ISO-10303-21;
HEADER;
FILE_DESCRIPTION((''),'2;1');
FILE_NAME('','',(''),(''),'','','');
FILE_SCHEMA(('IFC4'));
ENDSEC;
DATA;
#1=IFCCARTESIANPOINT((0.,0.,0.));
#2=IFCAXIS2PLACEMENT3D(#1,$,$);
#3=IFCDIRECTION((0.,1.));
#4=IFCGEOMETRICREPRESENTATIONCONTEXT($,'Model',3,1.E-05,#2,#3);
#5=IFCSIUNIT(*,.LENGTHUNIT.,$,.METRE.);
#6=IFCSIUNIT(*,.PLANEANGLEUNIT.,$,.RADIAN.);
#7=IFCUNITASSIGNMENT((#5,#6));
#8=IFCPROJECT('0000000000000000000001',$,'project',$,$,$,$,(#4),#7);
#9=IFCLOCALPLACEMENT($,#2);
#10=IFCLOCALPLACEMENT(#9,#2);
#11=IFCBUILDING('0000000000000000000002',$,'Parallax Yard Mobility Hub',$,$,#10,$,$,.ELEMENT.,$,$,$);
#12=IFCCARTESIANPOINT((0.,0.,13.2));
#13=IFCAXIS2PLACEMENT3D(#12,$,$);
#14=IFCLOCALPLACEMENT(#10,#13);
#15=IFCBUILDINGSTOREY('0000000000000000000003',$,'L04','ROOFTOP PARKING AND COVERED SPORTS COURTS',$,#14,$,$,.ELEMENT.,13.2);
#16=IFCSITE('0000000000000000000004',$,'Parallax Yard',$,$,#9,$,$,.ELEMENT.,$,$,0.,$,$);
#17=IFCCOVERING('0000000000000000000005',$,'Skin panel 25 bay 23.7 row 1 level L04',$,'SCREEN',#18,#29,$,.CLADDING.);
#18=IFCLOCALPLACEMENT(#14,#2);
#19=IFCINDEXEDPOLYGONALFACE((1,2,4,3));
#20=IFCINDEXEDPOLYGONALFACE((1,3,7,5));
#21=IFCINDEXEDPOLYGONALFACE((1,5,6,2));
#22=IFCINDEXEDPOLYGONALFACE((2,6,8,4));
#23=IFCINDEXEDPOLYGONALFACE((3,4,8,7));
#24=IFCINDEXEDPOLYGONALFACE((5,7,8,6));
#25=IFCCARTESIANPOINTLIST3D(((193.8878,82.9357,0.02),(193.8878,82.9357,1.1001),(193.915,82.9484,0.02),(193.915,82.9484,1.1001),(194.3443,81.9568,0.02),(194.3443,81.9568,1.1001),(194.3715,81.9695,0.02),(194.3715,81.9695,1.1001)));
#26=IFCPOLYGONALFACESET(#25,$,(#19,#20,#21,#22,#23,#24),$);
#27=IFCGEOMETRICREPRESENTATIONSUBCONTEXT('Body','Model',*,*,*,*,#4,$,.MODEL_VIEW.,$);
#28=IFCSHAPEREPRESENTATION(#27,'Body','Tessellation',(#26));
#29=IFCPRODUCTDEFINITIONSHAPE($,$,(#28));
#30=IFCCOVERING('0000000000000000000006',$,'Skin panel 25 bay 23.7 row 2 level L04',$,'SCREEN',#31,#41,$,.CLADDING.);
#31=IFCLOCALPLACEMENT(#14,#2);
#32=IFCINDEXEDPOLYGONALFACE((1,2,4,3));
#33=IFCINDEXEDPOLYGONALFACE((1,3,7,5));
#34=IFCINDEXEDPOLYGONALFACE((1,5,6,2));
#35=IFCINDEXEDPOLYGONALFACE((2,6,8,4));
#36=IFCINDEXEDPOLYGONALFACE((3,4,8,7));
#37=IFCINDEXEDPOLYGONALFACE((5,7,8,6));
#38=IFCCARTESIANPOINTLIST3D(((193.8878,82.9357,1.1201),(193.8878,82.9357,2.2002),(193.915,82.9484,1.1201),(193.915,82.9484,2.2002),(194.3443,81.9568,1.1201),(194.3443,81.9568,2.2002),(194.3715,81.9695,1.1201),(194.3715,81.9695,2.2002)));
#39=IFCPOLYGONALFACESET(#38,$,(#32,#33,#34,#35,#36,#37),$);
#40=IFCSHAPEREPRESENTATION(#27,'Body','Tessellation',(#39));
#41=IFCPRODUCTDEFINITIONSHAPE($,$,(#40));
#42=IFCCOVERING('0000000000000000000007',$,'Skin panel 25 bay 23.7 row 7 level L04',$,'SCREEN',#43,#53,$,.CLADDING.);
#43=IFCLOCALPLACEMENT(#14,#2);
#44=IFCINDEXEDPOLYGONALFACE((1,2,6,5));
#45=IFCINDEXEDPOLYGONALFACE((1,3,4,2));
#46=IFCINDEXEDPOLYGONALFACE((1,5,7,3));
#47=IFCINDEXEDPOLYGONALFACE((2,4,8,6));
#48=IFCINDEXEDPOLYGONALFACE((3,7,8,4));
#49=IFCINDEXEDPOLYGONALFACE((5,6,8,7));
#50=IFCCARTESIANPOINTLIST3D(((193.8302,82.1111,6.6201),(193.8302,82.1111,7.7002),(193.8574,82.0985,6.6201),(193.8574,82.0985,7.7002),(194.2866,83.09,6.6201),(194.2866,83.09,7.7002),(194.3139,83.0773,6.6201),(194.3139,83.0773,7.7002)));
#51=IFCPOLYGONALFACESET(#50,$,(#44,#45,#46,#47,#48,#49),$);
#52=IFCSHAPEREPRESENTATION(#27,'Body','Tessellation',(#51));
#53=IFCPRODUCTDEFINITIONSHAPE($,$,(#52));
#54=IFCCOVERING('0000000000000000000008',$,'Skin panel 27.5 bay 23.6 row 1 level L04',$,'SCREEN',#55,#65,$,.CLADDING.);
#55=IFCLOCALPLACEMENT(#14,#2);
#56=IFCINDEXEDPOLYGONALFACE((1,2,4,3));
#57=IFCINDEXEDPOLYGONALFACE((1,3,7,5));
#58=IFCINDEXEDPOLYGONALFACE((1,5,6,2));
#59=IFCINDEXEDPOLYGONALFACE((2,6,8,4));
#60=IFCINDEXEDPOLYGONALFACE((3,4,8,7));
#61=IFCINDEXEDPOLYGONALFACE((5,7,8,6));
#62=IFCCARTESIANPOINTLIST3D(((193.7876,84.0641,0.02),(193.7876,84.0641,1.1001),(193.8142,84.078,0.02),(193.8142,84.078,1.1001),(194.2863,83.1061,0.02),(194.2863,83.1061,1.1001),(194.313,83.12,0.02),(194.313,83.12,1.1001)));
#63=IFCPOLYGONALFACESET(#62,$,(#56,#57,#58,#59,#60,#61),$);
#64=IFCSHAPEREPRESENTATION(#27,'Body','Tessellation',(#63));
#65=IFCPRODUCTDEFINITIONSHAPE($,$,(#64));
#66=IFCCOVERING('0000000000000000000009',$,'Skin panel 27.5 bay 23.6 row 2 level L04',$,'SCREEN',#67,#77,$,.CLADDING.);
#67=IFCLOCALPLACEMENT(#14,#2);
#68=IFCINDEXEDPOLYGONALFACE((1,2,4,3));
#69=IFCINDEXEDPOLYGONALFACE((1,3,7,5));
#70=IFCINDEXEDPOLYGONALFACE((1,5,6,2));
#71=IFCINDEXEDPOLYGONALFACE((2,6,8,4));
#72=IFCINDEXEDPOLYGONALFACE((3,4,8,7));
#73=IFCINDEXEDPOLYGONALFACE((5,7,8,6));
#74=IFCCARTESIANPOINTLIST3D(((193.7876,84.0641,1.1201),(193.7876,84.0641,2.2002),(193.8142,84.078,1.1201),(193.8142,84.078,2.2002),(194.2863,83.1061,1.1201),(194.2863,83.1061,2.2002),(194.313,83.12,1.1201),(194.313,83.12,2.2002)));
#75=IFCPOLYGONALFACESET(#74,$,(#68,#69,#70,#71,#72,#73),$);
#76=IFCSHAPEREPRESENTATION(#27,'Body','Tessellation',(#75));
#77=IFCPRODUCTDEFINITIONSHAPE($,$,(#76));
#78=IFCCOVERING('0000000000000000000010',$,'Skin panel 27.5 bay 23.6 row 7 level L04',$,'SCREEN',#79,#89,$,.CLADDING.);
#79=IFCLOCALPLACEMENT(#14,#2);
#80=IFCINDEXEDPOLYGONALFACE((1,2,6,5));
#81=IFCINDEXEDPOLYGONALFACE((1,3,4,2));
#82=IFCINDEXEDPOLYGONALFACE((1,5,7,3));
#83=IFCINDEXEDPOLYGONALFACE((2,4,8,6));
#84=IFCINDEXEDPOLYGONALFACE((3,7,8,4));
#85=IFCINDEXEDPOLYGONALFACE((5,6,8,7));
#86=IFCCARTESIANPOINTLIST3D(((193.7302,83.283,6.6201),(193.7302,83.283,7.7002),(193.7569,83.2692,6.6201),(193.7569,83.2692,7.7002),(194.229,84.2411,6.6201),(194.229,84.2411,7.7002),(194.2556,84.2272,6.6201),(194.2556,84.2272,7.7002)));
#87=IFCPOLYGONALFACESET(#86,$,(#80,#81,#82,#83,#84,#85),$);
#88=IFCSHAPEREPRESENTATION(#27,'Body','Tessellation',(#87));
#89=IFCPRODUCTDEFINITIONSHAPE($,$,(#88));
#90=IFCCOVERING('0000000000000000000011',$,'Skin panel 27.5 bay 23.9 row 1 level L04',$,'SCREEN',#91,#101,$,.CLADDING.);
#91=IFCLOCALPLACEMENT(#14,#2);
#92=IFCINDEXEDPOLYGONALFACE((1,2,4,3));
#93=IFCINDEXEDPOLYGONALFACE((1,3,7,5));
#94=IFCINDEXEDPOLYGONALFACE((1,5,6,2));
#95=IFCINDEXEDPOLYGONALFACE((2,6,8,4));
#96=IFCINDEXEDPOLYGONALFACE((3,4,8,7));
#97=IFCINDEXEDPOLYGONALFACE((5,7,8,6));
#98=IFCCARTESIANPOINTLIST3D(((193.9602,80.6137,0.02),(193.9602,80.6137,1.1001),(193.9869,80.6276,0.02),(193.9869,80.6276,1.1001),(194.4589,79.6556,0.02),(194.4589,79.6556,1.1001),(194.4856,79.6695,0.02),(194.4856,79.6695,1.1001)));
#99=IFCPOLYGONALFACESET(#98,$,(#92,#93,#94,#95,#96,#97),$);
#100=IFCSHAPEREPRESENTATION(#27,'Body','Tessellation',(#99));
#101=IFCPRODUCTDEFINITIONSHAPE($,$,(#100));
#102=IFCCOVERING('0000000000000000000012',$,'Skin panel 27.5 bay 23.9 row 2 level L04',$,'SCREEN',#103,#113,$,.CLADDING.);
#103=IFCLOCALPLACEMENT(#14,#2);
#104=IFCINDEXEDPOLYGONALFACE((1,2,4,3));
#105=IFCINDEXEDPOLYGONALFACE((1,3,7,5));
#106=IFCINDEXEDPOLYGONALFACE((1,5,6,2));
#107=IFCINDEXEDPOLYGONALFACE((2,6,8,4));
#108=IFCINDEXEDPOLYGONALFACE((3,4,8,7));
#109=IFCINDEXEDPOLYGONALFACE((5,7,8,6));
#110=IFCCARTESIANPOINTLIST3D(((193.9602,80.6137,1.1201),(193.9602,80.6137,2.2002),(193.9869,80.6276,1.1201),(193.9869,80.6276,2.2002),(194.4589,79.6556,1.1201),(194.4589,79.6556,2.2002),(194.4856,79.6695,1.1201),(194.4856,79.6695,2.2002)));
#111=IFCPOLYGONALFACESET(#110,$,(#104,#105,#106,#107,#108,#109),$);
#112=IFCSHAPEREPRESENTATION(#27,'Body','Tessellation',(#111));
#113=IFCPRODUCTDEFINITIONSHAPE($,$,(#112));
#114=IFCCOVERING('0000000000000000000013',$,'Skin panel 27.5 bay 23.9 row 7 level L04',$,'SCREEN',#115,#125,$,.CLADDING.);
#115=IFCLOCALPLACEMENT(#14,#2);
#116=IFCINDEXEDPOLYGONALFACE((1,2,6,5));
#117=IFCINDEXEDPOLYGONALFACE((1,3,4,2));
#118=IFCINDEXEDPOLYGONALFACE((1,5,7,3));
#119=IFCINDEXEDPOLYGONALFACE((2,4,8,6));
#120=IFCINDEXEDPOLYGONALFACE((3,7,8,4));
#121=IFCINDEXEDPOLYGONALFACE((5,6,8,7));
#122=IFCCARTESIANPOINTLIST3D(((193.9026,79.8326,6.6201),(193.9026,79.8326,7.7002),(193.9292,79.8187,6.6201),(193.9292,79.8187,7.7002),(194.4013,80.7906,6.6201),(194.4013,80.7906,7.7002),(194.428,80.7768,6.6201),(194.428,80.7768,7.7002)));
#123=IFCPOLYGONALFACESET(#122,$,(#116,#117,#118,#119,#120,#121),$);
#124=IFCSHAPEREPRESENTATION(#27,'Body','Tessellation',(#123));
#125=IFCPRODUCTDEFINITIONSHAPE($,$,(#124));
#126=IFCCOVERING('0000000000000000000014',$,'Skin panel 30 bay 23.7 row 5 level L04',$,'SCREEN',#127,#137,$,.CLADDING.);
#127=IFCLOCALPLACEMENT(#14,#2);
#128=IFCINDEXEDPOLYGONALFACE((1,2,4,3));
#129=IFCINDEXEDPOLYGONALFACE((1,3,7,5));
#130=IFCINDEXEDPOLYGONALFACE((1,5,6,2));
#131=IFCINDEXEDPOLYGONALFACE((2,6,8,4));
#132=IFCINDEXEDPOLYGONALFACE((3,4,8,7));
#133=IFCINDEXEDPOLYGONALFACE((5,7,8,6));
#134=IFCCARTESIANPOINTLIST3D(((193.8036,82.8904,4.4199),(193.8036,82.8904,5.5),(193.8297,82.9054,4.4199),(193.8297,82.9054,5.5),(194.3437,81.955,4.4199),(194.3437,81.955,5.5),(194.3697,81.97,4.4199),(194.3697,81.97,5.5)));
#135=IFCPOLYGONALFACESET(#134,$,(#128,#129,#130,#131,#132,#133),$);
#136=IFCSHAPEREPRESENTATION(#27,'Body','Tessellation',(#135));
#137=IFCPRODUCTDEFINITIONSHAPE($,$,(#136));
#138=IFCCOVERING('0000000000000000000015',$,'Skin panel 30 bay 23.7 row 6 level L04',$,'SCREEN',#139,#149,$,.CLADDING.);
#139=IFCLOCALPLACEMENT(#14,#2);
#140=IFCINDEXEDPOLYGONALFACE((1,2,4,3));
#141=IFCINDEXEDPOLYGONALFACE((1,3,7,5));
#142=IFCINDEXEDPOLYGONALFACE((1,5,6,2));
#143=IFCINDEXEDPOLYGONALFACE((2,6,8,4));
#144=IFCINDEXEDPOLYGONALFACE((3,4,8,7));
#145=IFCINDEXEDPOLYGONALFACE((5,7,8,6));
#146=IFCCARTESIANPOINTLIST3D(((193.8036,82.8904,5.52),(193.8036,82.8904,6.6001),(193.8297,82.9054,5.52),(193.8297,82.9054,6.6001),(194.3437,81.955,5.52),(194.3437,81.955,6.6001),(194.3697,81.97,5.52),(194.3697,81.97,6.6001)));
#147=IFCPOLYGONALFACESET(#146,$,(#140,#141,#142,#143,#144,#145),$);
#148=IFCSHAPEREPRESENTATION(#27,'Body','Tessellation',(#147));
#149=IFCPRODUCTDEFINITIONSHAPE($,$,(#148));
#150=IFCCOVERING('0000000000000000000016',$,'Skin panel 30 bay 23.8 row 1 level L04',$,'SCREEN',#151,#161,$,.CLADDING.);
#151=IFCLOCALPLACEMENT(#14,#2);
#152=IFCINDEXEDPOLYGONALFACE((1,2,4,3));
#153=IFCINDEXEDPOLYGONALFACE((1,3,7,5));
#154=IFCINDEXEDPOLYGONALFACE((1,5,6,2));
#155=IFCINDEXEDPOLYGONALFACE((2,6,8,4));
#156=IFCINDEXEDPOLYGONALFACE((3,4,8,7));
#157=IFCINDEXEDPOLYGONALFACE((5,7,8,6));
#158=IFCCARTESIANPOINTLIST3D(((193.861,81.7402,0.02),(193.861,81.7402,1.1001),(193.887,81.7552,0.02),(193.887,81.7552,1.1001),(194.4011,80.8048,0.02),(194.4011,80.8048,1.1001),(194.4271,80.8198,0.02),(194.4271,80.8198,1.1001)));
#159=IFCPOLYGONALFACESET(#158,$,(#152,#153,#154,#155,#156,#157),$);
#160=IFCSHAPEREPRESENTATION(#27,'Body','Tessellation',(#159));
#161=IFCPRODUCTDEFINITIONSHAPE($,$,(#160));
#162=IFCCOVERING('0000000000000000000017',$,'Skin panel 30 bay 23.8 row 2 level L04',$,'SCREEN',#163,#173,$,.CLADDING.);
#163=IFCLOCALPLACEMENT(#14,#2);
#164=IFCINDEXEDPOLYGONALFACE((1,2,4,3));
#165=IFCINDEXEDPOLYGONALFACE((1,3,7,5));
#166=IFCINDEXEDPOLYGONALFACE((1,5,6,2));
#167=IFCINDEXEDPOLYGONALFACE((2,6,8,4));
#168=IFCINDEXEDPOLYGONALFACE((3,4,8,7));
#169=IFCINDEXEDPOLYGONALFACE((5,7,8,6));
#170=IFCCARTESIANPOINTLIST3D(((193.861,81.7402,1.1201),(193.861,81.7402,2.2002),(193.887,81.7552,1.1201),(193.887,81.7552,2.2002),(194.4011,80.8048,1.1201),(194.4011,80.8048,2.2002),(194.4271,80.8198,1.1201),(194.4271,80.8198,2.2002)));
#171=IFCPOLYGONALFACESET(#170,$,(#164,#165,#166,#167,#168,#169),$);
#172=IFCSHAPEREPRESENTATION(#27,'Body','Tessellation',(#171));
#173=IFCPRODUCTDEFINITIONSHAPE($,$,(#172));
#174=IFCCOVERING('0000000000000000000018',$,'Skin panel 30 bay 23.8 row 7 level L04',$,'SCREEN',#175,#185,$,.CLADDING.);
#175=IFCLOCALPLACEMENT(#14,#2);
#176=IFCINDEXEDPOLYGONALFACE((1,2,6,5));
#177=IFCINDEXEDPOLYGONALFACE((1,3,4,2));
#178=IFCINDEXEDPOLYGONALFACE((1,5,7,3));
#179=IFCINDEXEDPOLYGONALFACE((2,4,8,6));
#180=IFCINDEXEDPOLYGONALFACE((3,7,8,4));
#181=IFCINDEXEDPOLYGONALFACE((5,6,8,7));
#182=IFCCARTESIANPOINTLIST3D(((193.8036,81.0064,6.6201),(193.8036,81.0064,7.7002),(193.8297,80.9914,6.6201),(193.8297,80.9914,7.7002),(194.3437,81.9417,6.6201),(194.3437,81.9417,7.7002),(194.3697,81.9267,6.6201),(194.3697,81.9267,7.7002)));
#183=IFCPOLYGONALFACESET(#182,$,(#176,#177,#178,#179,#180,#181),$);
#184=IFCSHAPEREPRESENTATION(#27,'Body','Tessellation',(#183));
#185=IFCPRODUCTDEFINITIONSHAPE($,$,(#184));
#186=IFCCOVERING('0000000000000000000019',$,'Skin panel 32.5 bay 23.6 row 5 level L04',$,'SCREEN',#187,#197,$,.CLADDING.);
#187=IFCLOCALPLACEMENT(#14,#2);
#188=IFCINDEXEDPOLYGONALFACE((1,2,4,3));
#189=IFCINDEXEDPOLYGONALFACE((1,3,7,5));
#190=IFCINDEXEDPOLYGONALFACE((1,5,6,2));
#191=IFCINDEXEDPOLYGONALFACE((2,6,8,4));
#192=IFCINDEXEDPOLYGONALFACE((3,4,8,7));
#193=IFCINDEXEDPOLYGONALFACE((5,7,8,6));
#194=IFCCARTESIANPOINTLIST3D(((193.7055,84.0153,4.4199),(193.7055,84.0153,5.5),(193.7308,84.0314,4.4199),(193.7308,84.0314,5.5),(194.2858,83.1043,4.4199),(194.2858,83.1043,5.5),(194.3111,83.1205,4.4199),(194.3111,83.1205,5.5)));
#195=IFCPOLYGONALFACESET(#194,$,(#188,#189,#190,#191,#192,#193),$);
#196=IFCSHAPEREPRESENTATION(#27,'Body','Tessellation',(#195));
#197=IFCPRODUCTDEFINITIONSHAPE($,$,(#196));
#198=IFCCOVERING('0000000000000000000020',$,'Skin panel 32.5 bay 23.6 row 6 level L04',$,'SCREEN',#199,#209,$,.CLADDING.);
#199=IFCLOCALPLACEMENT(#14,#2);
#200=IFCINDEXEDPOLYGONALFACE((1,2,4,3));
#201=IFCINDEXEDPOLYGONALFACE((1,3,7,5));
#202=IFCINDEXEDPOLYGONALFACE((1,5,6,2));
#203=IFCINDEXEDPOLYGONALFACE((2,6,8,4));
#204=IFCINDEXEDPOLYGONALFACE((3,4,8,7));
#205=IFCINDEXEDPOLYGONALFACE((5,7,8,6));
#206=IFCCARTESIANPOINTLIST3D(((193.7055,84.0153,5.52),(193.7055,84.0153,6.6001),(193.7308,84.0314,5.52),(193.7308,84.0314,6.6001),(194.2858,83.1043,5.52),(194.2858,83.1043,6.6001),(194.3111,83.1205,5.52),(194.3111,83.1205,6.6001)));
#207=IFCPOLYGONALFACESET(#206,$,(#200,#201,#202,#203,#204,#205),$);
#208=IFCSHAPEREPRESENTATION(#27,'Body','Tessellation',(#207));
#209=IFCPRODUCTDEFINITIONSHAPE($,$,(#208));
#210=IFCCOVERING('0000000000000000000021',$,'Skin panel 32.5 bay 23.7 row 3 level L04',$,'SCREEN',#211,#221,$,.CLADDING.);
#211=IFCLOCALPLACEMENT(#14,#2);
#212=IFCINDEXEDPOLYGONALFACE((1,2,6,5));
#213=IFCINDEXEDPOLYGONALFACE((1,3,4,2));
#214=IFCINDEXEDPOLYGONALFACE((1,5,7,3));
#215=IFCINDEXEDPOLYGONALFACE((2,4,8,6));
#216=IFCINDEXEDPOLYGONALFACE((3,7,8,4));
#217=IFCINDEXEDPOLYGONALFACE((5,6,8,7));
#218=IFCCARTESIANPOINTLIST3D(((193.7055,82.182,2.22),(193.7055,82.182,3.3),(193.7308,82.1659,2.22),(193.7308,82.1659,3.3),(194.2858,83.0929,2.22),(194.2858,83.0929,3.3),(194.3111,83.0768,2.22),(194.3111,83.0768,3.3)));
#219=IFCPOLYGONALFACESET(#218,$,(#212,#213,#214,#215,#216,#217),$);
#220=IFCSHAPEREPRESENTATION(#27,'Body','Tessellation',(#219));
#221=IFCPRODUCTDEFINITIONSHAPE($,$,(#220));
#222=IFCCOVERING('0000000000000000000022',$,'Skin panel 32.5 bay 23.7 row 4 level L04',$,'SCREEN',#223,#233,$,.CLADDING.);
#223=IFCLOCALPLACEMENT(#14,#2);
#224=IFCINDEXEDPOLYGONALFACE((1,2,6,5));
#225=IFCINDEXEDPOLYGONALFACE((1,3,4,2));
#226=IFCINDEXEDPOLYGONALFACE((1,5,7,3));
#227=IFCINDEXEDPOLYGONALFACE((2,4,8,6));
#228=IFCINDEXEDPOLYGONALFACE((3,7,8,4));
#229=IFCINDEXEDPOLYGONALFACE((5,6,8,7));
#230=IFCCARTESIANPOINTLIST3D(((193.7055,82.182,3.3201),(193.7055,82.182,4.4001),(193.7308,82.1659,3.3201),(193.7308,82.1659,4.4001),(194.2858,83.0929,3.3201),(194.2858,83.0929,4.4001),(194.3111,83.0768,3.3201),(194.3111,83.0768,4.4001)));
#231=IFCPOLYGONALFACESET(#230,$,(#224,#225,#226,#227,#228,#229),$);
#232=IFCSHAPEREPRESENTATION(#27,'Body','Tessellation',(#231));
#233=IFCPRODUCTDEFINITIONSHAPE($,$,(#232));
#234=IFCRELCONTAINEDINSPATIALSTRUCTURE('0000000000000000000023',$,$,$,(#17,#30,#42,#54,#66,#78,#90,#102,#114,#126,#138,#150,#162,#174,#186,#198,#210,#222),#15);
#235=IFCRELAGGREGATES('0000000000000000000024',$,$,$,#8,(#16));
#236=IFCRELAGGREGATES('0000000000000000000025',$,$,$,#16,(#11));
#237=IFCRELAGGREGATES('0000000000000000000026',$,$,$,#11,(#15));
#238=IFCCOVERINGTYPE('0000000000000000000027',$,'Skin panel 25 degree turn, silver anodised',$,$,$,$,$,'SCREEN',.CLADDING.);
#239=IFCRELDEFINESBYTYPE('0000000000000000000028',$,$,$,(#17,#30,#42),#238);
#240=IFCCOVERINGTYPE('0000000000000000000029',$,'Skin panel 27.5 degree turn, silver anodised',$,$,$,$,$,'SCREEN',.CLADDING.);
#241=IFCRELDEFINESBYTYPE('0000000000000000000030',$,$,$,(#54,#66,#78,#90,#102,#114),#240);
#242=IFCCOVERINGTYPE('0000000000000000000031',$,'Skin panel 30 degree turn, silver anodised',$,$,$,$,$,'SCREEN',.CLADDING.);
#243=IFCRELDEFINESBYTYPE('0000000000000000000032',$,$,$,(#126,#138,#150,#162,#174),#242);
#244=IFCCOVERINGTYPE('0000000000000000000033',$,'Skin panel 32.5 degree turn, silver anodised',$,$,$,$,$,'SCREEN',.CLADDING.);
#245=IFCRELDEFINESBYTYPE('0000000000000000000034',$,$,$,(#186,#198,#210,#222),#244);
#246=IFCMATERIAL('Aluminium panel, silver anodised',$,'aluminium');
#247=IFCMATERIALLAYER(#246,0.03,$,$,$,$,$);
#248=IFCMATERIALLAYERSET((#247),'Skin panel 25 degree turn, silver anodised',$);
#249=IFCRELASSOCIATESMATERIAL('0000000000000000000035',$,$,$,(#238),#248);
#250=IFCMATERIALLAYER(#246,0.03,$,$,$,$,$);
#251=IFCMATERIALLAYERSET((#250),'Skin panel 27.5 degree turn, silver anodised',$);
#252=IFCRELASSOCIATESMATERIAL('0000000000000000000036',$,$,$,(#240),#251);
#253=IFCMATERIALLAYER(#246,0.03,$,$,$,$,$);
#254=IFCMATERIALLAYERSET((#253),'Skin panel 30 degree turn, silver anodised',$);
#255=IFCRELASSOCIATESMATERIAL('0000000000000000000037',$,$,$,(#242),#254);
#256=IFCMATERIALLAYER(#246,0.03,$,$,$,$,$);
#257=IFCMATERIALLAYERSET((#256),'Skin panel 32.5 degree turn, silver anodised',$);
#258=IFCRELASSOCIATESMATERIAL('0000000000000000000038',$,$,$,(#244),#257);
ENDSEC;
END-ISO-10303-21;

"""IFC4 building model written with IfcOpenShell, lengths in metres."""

from ifc_helpers import new_model, si_unit, direction, frame, origin, origin_2d, place, context, subcontext, project, spatial, rectangle, extrude, material, layer, layer_set, type_object, element, save


model = new_model("IFC4")

# Units and contexts
model_context = context("Model", 3, precision=1e-05, world=origin(), true_north=direction((0.0, 1.0)))
body_context = subcontext(model_context, "Body", "Model", "MODEL_VIEW")
ifc_project = project(units=[si_unit("LENGTHUNIT", "METRE"), si_unit("PLANEANGLEUNIT", "RADIAN")], contexts=[model_context])

# Site, building, storey
site_placement = place(None, origin())
site = spatial("IfcSite", under=ifc_project, at=site_placement, Name="Parallax Yard", CompositionType="ELEMENT", RefElevation=0.0)
building_placement = place(site_placement, origin())
building = spatial("IfcBuilding", under=site, at=building_placement, Name="Parallax Yard Mobility Hub", CompositionType="ELEMENT")
storey_placement = place(building_placement, frame((0.0, 0.0, 13.2)))
storey = spatial("IfcBuildingStorey", under=building, at=storey_placement, Name="L04", Description="ROOFTOP PARKING AND COVERED SPORTS COURTS", CompositionType="ELEMENT", Elevation=13.2)

# Coverings
ifc_material_1 = material(Name="Aluminium panel, silver anodised", Category="aluminium")
ifc_layer_1 = layer(ifc_material_1, 0.03)
ifc_layer_set_1 = layer_set([ifc_layer_1], Name="Skin panel 25 degree turn, silver anodised")
covering_type_1 = type_object("IfcCoveringType", Name="Skin panel 25 degree turn, silver anodised", ElementType="SCREEN", PredefinedType="CLADDING", material=ifc_layer_set_1)
for number, where, z_axis, x_axis, name in (
    (1, (194.1296, 82.4526, 0.02), (0.0, 0.0, 1.0), (-0.422618, 0.906308, 0.0), "Skin panel 25 bay 23.7 row 1 level L04"),
    (2, (194.1296, 82.4526, 1.1201), (0.0, 0.0, 1.0), (-0.422618, 0.906308, 0.0), "Skin panel 25 bay 23.7 row 2 level L04"),
    (3, (194.072, 82.5942, 6.6201), (0.0, 0.0, 1.0), (-0.422618, -0.906308, 0.0), "Skin panel 25 bay 23.7 row 7 level L04"),
):
    element("IfcCovering", number, at=place(storey_placement, frame(where, z_axis=z_axis, x_axis=x_axis)), inside=storey, type_object=covering_type_1, Name=name, ObjectType="SCREEN", PredefinedType="CLADDING", context=body_context, shape_type="SweptSolid", body=[
        extrude(rectangle(XDim=1.0801, YDim=0.03, at=origin_2d()), origin(), (0.0, 0.0, 1.0), 1.0801),
    ])
ifc_layer_2 = layer(ifc_material_1, 0.03)
ifc_layer_set_2 = layer_set([ifc_layer_2], Name="Skin panel 27.5 degree turn, silver anodised")
covering_type_2 = type_object("IfcCoveringType", Name="Skin panel 27.5 degree turn, silver anodised", ElementType="SCREEN", PredefinedType="CLADDING", material=ifc_layer_set_2)
for number, where, z_axis, x_axis, name in (
    (4, (194.0503, 83.592, 0.02), (0.0, 0.0, 1.0), (-0.461749, 0.887011, 0.0), "Skin panel 27.5 bay 23.6 row 1 level L04"),
    (5, (194.0503, 83.592, 1.1201), (0.0, 0.0, 1.0), (-0.461749, 0.887011, 0.0), "Skin panel 27.5 bay 23.6 row 2 level L04"),
    (6, (193.9929, 83.7551, 6.6201), (0.0, 0.0, 1.0), (-0.461749, -0.887011, 0.0), "Skin panel 27.5 bay 23.6 row 7 level L04"),
    (7, (194.2229, 80.1416, 0.02), (0.0, 0.0, 1.0), (-0.461749, 0.887011, 0.0), "Skin panel 27.5 bay 23.9 row 1 level L04"),
    (8, (194.2229, 80.1416, 1.1201), (0.0, 0.0, 1.0), (-0.461749, 0.887011, 0.0), "Skin panel 27.5 bay 23.9 row 2 level L04"),
    (9, (194.1653, 80.3047, 6.6201), (0.0, 0.0, 1.0), (-0.461749, -0.887011, 0.0), "Skin panel 27.5 bay 23.9 row 7 level L04"),
):
    element("IfcCovering", number, at=place(storey_placement, frame(where, z_axis=z_axis, x_axis=x_axis)), inside=storey, type_object=covering_type_2, Name=name, ObjectType="SCREEN", PredefinedType="CLADDING", context=body_context, shape_type="SweptSolid", body=[
        extrude(rectangle(XDim=1.0801, YDim=0.03, at=origin_2d()), origin(), (0.0, 0.0, 1.0), 1.0801),
    ])
ifc_layer_3 = layer(ifc_material_1, 0.03)
ifc_layer_set_3 = layer_set([ifc_layer_3], Name="Skin panel 30 degree turn, silver anodised")
covering_type_3 = type_object("IfcCoveringType", Name="Skin panel 30 degree turn, silver anodised", ElementType="SCREEN", PredefinedType="CLADDING", material=ifc_layer_set_3)
for number, where, z_axis, x_axis, name in (
    (10, (194.0867, 82.4302, 4.4199), (0.0, 0.0, 1.0), (-0.5, 0.866025, 0.0), "Skin panel 30 bay 23.7 row 5 level L04"),
    (11, (194.0867, 82.4302, 5.52), (0.0, 0.0, 1.0), (-0.5, 0.866025, 0.0), "Skin panel 30 bay 23.7 row 6 level L04"),
    (12, (194.144, 81.28, 0.02), (0.0, 0.0, 1.0), (-0.5, 0.866025, 0.0), "Skin panel 30 bay 23.8 row 1 level L04"),
    (13, (194.144, 81.28, 1.1201), (0.0, 0.0, 1.0), (-0.5, 0.866025, 0.0), "Skin panel 30 bay 23.8 row 2 level L04"),
    (14, (194.0867, 81.4666, 6.6201), (0.0, 0.0, 1.0), (-0.5, -0.866025, 0.0), "Skin panel 30 bay 23.8 row 7 level L04"),
):
    element("IfcCovering", number, at=place(storey_placement, frame(where, z_axis=z_axis, x_axis=x_axis)), inside=storey, type_object=covering_type_3, Name=name, ObjectType="SCREEN", PredefinedType="CLADDING", context=body_context, shape_type="SweptSolid", body=[
        extrude(rectangle(XDim=1.0801, YDim=0.03, at=origin_2d()), origin(), (0.0, 0.0, 1.0), 1.0801),
    ])
ifc_layer_4 = layer(ifc_material_1, 0.03)
ifc_layer_set_4 = layer_set([ifc_layer_4], Name="Skin panel 32.5 degree turn, silver anodised")
covering_type_4 = type_object("IfcCoveringType", Name="Skin panel 32.5 degree turn, silver anodised", ElementType="SCREEN", PredefinedType="CLADDING", material=ifc_layer_set_4)
for number, where, z_axis, x_axis, name in (
    (15, (194.0083, 83.5679, 4.4199), (0.0, 0.0, 1.0), (-0.5373, 0.843391, 0.0), "Skin panel 32.5 bay 23.6 row 5 level L04"),
    (16, (194.0083, 83.5679, 5.52), (0.0, 0.0, 1.0), (-0.5373, 0.843391, 0.0), "Skin panel 32.5 bay 23.6 row 6 level L04"),
    (17, (194.0083, 82.6294, 2.22), (0.0, 0.0, 1.0), (-0.5373, -0.843391, 0.0), "Skin panel 32.5 bay 23.7 row 3 level L04"),
    (18, (194.0083, 82.6294, 3.3201), (0.0, 0.0, 1.0), (-0.5373, -0.843391, 0.0), "Skin panel 32.5 bay 23.7 row 4 level L04"),
):
    element("IfcCovering", number, at=place(storey_placement, frame(where, z_axis=z_axis, x_axis=x_axis)), inside=storey, type_object=covering_type_4, Name=name, ObjectType="SCREEN", PredefinedType="CLADDING", context=body_context, shape_type="SweptSolid", body=[
        extrude(rectangle(XDim=1.0801, YDim=0.03, at=origin_2d()), origin(), (0.0, 0.0, 1.0), 1.0801),
    ])

save(model, "model.ifc")
